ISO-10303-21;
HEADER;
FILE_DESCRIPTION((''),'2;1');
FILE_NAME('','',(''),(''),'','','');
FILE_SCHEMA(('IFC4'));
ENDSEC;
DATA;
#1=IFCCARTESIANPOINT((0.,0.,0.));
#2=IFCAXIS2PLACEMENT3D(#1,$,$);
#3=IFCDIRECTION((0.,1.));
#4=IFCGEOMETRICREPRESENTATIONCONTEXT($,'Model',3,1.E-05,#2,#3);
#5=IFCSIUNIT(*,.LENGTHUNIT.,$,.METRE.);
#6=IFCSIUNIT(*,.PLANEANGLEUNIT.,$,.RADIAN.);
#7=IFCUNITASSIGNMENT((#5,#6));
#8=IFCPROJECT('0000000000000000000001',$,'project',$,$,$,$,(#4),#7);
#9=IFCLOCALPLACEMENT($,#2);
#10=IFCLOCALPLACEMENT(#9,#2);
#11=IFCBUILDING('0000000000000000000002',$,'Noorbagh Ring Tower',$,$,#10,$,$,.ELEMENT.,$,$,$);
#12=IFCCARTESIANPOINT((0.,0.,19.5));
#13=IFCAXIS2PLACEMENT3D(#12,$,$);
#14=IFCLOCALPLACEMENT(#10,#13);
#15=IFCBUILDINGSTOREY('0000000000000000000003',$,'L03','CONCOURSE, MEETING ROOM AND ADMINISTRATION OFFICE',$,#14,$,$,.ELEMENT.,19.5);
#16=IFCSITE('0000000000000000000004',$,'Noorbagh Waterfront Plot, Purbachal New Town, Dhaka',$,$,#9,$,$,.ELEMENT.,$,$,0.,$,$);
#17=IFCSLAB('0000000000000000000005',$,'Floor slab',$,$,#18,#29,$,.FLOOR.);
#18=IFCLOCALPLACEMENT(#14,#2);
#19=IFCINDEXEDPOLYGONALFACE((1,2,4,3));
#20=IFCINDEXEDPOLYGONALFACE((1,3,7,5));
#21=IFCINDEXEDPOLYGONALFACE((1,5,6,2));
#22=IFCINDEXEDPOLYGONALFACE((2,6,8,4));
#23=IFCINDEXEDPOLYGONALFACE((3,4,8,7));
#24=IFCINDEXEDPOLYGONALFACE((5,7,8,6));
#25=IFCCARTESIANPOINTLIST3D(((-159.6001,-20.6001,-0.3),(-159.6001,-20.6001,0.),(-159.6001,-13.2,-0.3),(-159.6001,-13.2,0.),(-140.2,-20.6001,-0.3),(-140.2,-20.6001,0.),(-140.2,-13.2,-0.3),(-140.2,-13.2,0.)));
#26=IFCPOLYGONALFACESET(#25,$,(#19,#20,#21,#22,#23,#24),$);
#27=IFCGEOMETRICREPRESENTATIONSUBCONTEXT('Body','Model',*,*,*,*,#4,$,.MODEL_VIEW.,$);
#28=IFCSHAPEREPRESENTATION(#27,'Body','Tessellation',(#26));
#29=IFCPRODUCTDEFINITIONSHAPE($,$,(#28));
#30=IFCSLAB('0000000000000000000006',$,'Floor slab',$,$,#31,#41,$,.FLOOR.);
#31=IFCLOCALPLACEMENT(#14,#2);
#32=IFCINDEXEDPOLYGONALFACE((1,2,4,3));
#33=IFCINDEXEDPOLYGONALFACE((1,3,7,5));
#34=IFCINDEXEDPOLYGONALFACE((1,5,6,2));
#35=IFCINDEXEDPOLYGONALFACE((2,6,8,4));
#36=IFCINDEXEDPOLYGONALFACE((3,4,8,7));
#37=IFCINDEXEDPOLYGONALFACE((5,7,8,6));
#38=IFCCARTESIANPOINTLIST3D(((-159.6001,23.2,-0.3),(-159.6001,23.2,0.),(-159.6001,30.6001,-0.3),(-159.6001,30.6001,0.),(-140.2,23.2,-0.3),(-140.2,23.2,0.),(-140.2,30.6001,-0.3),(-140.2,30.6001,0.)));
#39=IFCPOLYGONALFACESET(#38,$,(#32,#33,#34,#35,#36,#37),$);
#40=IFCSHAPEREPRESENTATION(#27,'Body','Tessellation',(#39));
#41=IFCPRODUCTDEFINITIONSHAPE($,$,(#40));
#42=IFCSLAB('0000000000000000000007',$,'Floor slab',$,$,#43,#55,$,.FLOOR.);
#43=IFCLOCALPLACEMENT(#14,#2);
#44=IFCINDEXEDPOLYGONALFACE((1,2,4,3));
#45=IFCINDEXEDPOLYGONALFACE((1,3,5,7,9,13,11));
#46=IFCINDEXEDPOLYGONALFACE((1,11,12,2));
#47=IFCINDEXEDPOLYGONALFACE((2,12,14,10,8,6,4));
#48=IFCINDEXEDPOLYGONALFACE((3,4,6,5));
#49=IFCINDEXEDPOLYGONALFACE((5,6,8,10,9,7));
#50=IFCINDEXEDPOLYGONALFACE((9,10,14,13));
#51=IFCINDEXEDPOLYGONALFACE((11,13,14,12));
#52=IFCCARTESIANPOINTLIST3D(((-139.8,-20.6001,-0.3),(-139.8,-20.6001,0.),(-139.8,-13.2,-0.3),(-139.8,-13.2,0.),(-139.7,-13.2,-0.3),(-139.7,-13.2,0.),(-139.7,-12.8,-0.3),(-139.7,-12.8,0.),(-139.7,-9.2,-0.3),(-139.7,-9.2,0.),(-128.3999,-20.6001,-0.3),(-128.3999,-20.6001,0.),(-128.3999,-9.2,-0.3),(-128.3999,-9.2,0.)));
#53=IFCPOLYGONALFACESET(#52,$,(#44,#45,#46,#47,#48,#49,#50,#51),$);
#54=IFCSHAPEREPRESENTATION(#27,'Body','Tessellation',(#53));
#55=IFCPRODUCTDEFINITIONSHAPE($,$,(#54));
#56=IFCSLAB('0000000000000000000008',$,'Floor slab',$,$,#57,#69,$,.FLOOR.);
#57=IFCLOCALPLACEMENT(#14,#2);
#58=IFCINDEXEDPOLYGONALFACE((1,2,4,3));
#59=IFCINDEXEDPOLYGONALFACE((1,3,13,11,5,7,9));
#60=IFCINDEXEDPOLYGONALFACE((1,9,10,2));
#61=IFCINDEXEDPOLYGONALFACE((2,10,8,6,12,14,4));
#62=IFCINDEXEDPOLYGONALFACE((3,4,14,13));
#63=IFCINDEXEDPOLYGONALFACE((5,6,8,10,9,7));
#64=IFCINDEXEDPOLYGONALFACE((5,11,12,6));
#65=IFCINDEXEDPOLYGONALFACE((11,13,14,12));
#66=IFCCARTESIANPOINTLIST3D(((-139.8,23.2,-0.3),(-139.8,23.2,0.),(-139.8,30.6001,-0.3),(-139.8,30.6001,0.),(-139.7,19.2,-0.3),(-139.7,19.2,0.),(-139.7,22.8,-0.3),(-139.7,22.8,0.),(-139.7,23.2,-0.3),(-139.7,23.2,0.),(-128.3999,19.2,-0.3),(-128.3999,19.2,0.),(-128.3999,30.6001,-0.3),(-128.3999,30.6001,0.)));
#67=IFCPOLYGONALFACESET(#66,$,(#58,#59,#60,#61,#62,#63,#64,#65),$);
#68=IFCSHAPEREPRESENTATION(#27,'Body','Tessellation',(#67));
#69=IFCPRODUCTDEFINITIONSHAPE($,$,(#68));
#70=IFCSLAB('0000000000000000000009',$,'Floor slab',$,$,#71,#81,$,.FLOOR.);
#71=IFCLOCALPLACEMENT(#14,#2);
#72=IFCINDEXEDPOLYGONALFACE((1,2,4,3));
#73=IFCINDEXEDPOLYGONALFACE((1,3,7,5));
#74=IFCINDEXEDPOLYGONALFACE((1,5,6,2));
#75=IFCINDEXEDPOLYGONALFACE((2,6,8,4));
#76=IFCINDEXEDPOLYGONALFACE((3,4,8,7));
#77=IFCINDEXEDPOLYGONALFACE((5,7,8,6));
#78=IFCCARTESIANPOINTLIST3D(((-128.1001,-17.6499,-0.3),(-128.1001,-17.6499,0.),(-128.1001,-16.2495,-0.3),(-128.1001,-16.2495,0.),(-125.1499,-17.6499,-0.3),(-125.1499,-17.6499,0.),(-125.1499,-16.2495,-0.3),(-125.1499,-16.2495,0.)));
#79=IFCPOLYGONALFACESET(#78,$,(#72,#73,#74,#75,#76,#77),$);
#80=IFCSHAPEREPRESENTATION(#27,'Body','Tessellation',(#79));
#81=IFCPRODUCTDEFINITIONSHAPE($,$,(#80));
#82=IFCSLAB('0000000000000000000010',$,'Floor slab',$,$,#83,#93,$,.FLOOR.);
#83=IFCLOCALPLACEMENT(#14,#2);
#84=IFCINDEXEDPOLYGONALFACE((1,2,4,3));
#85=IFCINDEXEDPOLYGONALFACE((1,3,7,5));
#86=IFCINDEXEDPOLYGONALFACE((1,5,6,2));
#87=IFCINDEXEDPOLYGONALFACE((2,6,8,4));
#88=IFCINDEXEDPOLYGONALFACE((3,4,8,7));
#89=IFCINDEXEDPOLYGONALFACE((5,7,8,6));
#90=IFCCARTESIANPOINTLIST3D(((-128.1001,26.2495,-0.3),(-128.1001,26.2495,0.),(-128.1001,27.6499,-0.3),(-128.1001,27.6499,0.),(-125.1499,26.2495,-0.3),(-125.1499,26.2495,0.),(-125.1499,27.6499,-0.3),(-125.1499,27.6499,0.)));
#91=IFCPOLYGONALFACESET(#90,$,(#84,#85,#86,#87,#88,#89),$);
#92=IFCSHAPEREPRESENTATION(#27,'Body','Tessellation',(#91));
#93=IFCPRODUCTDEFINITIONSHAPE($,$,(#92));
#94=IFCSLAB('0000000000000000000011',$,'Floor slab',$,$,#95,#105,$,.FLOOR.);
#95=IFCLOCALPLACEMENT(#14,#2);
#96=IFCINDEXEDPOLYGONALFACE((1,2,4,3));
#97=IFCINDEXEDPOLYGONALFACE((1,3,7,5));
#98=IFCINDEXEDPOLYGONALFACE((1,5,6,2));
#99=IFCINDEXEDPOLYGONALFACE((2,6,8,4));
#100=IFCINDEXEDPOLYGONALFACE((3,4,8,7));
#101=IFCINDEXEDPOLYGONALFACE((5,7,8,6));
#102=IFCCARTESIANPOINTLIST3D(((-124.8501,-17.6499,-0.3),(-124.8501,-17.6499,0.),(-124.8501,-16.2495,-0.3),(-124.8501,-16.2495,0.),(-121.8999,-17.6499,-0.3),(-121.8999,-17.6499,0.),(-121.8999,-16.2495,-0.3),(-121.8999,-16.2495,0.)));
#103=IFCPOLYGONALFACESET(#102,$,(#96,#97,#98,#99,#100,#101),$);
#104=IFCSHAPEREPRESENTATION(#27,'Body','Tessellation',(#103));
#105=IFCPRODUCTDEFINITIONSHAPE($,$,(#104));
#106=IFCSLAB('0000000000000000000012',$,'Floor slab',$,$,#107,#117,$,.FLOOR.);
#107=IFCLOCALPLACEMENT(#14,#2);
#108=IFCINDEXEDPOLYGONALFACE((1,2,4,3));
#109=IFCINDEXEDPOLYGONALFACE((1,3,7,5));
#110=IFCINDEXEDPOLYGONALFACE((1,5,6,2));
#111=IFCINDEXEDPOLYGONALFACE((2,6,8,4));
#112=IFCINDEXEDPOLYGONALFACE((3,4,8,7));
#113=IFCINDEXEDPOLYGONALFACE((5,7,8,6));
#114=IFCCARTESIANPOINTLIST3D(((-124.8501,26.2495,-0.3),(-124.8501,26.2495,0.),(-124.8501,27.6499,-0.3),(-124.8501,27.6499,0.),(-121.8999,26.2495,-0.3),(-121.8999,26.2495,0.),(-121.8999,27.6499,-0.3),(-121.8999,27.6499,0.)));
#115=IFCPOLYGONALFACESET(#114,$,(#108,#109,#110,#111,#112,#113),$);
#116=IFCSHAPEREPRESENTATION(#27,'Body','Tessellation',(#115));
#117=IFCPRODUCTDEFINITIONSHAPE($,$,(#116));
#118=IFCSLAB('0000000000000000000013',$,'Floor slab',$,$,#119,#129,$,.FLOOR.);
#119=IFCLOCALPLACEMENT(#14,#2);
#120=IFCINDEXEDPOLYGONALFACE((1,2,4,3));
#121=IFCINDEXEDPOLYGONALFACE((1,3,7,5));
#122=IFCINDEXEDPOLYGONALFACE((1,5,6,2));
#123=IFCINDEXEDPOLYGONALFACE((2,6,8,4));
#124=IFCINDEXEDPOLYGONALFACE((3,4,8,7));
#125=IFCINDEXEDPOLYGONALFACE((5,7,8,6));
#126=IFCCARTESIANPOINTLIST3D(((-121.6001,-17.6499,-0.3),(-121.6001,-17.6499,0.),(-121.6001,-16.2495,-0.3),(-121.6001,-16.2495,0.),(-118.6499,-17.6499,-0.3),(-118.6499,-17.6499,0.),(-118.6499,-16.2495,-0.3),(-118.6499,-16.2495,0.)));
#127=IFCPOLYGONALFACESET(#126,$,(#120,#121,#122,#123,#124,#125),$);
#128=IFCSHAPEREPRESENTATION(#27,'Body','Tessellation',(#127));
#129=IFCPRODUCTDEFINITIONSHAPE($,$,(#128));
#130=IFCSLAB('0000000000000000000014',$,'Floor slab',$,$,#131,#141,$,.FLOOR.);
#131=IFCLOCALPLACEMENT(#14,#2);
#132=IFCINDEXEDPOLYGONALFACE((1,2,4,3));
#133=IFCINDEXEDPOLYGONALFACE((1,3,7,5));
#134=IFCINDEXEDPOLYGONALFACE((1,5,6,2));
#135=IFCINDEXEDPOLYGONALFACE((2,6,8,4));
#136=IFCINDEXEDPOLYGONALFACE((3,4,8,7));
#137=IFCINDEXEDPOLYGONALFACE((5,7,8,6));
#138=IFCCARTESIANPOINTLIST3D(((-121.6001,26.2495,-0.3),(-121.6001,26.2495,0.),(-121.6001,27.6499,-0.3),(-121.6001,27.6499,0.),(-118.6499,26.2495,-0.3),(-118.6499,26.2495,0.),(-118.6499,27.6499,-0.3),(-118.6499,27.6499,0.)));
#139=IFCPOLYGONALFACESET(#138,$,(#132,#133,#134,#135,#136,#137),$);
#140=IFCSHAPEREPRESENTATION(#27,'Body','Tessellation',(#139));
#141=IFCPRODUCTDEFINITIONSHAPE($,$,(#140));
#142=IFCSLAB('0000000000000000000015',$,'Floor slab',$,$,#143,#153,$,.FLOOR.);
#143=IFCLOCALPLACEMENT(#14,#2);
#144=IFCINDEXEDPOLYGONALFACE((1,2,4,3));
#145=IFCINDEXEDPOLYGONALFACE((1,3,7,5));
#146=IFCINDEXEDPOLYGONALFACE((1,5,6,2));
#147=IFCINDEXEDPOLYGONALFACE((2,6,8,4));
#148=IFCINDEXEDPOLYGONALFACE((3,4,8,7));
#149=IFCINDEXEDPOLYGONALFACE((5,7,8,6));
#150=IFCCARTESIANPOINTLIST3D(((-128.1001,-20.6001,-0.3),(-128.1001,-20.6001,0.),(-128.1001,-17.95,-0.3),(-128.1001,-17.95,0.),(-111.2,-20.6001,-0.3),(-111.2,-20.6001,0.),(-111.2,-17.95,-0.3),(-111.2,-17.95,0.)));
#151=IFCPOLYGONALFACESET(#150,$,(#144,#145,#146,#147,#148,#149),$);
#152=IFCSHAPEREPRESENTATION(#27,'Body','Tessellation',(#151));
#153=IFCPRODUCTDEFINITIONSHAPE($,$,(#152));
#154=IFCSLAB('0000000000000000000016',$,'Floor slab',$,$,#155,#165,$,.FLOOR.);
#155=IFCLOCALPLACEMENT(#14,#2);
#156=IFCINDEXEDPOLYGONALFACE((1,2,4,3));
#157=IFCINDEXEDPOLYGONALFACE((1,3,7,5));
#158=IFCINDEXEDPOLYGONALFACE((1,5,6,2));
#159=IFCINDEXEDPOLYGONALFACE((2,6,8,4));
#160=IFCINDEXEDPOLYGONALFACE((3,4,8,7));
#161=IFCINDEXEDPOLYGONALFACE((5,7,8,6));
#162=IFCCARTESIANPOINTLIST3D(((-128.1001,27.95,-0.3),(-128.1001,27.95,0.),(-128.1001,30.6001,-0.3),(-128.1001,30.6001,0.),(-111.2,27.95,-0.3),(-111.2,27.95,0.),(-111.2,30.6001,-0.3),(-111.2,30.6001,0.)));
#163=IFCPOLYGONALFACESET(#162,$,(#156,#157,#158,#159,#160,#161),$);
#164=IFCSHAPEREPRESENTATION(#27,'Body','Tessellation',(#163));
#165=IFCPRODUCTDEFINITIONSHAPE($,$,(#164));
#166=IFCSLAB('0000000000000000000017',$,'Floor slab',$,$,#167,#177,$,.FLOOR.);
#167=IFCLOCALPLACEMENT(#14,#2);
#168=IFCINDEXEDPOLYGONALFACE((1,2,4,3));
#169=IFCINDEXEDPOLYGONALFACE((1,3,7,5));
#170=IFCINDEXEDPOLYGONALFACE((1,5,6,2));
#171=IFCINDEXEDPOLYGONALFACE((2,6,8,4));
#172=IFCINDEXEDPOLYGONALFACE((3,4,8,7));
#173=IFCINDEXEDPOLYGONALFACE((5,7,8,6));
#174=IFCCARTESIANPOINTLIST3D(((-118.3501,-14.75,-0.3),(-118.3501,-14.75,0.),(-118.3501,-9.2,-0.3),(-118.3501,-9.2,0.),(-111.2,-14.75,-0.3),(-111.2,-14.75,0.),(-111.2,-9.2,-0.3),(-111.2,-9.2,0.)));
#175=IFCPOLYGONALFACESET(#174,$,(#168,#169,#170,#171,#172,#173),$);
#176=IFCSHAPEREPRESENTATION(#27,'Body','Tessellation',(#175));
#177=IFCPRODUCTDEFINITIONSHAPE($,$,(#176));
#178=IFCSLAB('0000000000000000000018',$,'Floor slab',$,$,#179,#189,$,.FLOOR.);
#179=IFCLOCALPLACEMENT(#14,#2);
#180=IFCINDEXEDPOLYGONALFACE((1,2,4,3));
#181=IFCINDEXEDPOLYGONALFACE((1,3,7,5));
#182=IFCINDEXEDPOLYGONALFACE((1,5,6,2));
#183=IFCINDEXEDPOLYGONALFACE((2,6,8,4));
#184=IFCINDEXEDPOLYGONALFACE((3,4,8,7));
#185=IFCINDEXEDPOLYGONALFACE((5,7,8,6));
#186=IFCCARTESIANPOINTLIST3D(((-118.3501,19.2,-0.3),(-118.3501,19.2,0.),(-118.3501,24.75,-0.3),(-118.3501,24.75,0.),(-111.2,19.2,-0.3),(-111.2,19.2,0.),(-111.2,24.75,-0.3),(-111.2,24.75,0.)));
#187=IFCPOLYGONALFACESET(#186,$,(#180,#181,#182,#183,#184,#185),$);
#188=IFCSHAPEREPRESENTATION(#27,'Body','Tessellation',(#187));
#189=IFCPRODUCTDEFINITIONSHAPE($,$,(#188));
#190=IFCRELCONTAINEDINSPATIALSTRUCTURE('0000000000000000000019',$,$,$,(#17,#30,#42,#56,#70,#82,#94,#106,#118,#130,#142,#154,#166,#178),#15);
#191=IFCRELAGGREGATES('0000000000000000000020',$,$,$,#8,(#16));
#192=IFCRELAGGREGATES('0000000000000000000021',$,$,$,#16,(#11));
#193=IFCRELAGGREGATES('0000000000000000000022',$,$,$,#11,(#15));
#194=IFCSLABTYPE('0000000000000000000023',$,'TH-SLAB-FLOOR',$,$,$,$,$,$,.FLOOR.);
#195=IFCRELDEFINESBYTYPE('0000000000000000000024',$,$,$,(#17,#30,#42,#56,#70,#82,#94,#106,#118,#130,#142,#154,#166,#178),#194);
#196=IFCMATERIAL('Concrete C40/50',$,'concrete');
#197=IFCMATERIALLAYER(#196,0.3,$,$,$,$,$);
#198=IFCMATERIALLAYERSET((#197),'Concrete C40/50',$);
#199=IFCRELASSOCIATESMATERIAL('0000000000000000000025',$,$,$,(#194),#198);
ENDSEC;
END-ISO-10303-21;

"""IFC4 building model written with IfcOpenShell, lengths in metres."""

from ifc_helpers import new_model, si_unit, direction, frame, origin, place, context, subcontext, project, spatial, polyline, outline, extrude, material, layer, layer_set, type_object, element, save


model = new_model("IFC4")

# Units and contexts
model_context = context("Model", 3, precision=1e-05, world=origin(), true_north=direction((0.0, 1.0)))
body_context = subcontext(model_context, "Body", "Model", "MODEL_VIEW")
ifc_project = project(units=[si_unit("LENGTHUNIT", "METRE"), si_unit("PLANEANGLEUNIT", "RADIAN")], contexts=[model_context])

# Site, building, storey
site_placement = place(None, origin())
site = spatial("IfcSite", under=ifc_project, at=site_placement, Name="Noorbagh Waterfront Plot, Purbachal New Town, Dhaka", CompositionType="ELEMENT", RefElevation=0.0)
building_placement = place(site_placement, origin())
building = spatial("IfcBuilding", under=site, at=building_placement, Name="Noorbagh Ring Tower", CompositionType="ELEMENT")
storey_placement = place(building_placement, frame((0.0, 0.0, 19.5)))
storey = spatial("IfcBuildingStorey", under=building, at=storey_placement, Name="L03", Description="CONCOURSE, MEETING ROOM AND ADMINISTRATION OFFICE", CompositionType="ELEMENT", Elevation=19.5)

# Slabs
ifc_material_1 = material(Name="Concrete C40/50", Category="concrete")
ifc_layer_1 = layer(ifc_material_1, 0.3)
ifc_layer_set_1 = layer_set([ifc_layer_1], Name="Concrete C40/50")
slab_type_1 = type_object("IfcSlabType", Name="TH-SLAB-FLOOR", PredefinedType="FLOOR", material=ifc_layer_set_1)
slab_1_placement = place(storey_placement, frame((0.0, 0.0, -0.3)))
element("IfcSlab", 1, at=slab_1_placement, inside=storey, type_object=slab_type_1, Name="Floor slab", PredefinedType="FLOOR", context=body_context, shape_type="SweptSolid", body=[
    extrude(outline(polyline([(-140.2, -20.6001), (-140.2, -13.2), (-159.6001, -13.2), (-159.6001, -20.6001), (-140.2, -20.6001)])), origin(), (0.0, 0.0, 1.0), 0.3),
])
slab_2_placement = place(storey_placement, frame((0.0, 0.0, -0.3)))
element("IfcSlab", 2, at=slab_2_placement, inside=storey, type_object=slab_type_1, Name="Floor slab", PredefinedType="FLOOR", context=body_context, shape_type="SweptSolid", body=[
    extrude(outline(polyline([(-159.6001, 30.6001), (-159.6001, 23.2), (-140.2, 23.2), (-140.2, 30.6001), (-159.6001, 30.6001)])), origin(), (0.0, 0.0, 1.0), 0.3),
])
slab_3_placement = place(storey_placement, frame((0.0, 0.0, -0.3)))
element("IfcSlab", 3, at=slab_3_placement, inside=storey, type_object=slab_type_1, Name="Floor slab", PredefinedType="FLOOR", context=body_context, shape_type="SweptSolid", body=[
    extrude(outline(polyline([(-128.3999, -20.6001), (-128.3999, -9.2), (-139.7, -9.2), (-139.7, -12.8), (-139.7, -13.2), (-139.8, -13.2), (-139.8, -20.6001), (-128.3999, -20.6001)])), origin(), (0.0, 0.0, 1.0), 0.3),
])
slab_4_placement = place(storey_placement, frame((0.0, 0.0, -0.3)))
element("IfcSlab", 4, at=slab_4_placement, inside=storey, type_object=slab_type_1, Name="Floor slab", PredefinedType="FLOOR", context=body_context, shape_type="SweptSolid", body=[
    extrude(outline(polyline([(-139.7, 19.2), (-128.3999, 19.2), (-128.3999, 30.6001), (-139.8, 30.6001), (-139.8, 23.2), (-139.7, 23.2), (-139.7, 22.8), (-139.7, 19.2)])), origin(), (0.0, 0.0, 1.0), 0.3),
])
slab_5_placement = place(storey_placement, frame((0.0, 0.0, -0.3)))
element("IfcSlab", 5, at=slab_5_placement, inside=storey, type_object=slab_type_1, Name="Floor slab", PredefinedType="FLOOR", context=body_context, shape_type="SweptSolid", body=[
    extrude(outline(polyline([(-125.1499, -16.2495), (-128.1001, -16.2495), (-128.1001, -17.6499), (-125.1499, -17.6499), (-125.1499, -16.2495)])), origin(), (0.0, 0.0, 1.0), 0.3),
])
slab_6_placement = place(storey_placement, frame((0.0, 0.0, -0.3)))
element("IfcSlab", 6, at=slab_6_placement, inside=storey, type_object=slab_type_1, Name="Floor slab", PredefinedType="FLOOR", context=body_context, shape_type="SweptSolid", body=[
    extrude(outline(polyline([(-125.1499, 27.6499), (-128.1001, 27.6499), (-128.1001, 26.2495), (-125.1499, 26.2495), (-125.1499, 27.6499)])), origin(), (0.0, 0.0, 1.0), 0.3),
])
slab_7_placement = place(storey_placement, frame((0.0, 0.0, -0.3)))
element("IfcSlab", 7, at=slab_7_placement, inside=storey, type_object=slab_type_1, Name="Floor slab", PredefinedType="FLOOR", context=body_context, shape_type="SweptSolid", body=[
    extrude(outline(polyline([(-121.8999, -17.6499), (-121.8999, -16.2495), (-124.8501, -16.2495), (-124.8501, -17.6499), (-121.8999, -17.6499)])), origin(), (0.0, 0.0, 1.0), 0.3),
])
slab_8_placement = place(storey_placement, frame((0.0, 0.0, -0.3)))
element("IfcSlab", 8, at=slab_8_placement, inside=storey, type_object=slab_type_1, Name="Floor slab", PredefinedType="FLOOR", context=body_context, shape_type="SweptSolid", body=[
    extrude(outline(polyline([(-121.8999, 27.6499), (-124.8501, 27.6499), (-124.8501, 26.2495), (-121.8999, 26.2495), (-121.8999, 27.6499)])), origin(), (0.0, 0.0, 1.0), 0.3),
])
slab_9_placement = place(storey_placement, frame((0.0, 0.0, -0.3)))
element("IfcSlab", 9, at=slab_9_placement, inside=storey, type_object=slab_type_1, Name="Floor slab", PredefinedType="FLOOR", context=body_context, shape_type="SweptSolid", body=[
    extrude(outline(polyline([(-118.6499, -16.2495), (-121.6001, -16.2495), (-121.6001, -17.6499), (-118.6499, -17.6499), (-118.6499, -16.2495)])), origin(), (0.0, 0.0, 1.0), 0.3),
])
slab_10_placement = place(storey_placement, frame((0.0, 0.0, -0.3)))
element("IfcSlab", 10, at=slab_10_placement, inside=storey, type_object=slab_type_1, Name="Floor slab", PredefinedType="FLOOR", context=body_context, shape_type="SweptSolid", body=[
    extrude(outline(polyline([(-121.6001, 27.6499), (-121.6001, 26.2495), (-118.6499, 26.2495), (-118.6499, 27.6499), (-121.6001, 27.6499)])), origin(), (0.0, 0.0, 1.0), 0.3),
])
slab_11_placement = place(storey_placement, frame((0.0, 0.0, -0.3)))
element("IfcSlab", 11, at=slab_11_placement, inside=storey, type_object=slab_type_1, Name="Floor slab", PredefinedType="FLOOR", context=body_context, shape_type="SweptSolid", body=[
    extrude(outline(polyline([(-111.2, -20.6001), (-111.2, -17.95), (-128.1001, -17.95), (-128.1001, -20.6001), (-111.2, -20.6001)])), origin(), (0.0, 0.0, 1.0), 0.3),
])
slab_12_placement = place(storey_placement, frame((0.0, 0.0, -0.3)))
element("IfcSlab", 12, at=slab_12_placement, inside=storey, type_object=slab_type_1, Name="Floor slab", PredefinedType="FLOOR", context=body_context, shape_type="SweptSolid", body=[
    extrude(outline(polyline([(-111.2, 27.95), (-111.2, 30.6001), (-128.1001, 30.6001), (-128.1001, 27.95), (-111.2, 27.95)])), origin(), (0.0, 0.0, 1.0), 0.3),
])
slab_13_placement = place(storey_placement, frame((0.0, 0.0, -0.3)))
element("IfcSlab", 13, at=slab_13_placement, inside=storey, type_object=slab_type_1, Name="Floor slab", PredefinedType="FLOOR", context=body_context, shape_type="SweptSolid", body=[
    extrude(outline(polyline([(-111.2, -14.75), (-111.2, -9.2), (-118.3501, -9.2), (-118.3501, -14.75), (-111.2, -14.75)])), origin(), (0.0, 0.0, 1.0), 0.3),
])
slab_14_placement = place(storey_placement, frame((0.0, 0.0, -0.3)))
element("IfcSlab", 14, at=slab_14_placement, inside=storey, type_object=slab_type_1, Name="Floor slab", PredefinedType="FLOOR", context=body_context, shape_type="SweptSolid", body=[
    extrude(outline(polyline([(-118.3501, 24.75), (-118.3501, 19.2), (-111.2, 19.2), (-111.2, 24.75), (-118.3501, 24.75)])), origin(), (0.0, 0.0, 1.0), 0.3),
])

save(model, "model.ifc")
